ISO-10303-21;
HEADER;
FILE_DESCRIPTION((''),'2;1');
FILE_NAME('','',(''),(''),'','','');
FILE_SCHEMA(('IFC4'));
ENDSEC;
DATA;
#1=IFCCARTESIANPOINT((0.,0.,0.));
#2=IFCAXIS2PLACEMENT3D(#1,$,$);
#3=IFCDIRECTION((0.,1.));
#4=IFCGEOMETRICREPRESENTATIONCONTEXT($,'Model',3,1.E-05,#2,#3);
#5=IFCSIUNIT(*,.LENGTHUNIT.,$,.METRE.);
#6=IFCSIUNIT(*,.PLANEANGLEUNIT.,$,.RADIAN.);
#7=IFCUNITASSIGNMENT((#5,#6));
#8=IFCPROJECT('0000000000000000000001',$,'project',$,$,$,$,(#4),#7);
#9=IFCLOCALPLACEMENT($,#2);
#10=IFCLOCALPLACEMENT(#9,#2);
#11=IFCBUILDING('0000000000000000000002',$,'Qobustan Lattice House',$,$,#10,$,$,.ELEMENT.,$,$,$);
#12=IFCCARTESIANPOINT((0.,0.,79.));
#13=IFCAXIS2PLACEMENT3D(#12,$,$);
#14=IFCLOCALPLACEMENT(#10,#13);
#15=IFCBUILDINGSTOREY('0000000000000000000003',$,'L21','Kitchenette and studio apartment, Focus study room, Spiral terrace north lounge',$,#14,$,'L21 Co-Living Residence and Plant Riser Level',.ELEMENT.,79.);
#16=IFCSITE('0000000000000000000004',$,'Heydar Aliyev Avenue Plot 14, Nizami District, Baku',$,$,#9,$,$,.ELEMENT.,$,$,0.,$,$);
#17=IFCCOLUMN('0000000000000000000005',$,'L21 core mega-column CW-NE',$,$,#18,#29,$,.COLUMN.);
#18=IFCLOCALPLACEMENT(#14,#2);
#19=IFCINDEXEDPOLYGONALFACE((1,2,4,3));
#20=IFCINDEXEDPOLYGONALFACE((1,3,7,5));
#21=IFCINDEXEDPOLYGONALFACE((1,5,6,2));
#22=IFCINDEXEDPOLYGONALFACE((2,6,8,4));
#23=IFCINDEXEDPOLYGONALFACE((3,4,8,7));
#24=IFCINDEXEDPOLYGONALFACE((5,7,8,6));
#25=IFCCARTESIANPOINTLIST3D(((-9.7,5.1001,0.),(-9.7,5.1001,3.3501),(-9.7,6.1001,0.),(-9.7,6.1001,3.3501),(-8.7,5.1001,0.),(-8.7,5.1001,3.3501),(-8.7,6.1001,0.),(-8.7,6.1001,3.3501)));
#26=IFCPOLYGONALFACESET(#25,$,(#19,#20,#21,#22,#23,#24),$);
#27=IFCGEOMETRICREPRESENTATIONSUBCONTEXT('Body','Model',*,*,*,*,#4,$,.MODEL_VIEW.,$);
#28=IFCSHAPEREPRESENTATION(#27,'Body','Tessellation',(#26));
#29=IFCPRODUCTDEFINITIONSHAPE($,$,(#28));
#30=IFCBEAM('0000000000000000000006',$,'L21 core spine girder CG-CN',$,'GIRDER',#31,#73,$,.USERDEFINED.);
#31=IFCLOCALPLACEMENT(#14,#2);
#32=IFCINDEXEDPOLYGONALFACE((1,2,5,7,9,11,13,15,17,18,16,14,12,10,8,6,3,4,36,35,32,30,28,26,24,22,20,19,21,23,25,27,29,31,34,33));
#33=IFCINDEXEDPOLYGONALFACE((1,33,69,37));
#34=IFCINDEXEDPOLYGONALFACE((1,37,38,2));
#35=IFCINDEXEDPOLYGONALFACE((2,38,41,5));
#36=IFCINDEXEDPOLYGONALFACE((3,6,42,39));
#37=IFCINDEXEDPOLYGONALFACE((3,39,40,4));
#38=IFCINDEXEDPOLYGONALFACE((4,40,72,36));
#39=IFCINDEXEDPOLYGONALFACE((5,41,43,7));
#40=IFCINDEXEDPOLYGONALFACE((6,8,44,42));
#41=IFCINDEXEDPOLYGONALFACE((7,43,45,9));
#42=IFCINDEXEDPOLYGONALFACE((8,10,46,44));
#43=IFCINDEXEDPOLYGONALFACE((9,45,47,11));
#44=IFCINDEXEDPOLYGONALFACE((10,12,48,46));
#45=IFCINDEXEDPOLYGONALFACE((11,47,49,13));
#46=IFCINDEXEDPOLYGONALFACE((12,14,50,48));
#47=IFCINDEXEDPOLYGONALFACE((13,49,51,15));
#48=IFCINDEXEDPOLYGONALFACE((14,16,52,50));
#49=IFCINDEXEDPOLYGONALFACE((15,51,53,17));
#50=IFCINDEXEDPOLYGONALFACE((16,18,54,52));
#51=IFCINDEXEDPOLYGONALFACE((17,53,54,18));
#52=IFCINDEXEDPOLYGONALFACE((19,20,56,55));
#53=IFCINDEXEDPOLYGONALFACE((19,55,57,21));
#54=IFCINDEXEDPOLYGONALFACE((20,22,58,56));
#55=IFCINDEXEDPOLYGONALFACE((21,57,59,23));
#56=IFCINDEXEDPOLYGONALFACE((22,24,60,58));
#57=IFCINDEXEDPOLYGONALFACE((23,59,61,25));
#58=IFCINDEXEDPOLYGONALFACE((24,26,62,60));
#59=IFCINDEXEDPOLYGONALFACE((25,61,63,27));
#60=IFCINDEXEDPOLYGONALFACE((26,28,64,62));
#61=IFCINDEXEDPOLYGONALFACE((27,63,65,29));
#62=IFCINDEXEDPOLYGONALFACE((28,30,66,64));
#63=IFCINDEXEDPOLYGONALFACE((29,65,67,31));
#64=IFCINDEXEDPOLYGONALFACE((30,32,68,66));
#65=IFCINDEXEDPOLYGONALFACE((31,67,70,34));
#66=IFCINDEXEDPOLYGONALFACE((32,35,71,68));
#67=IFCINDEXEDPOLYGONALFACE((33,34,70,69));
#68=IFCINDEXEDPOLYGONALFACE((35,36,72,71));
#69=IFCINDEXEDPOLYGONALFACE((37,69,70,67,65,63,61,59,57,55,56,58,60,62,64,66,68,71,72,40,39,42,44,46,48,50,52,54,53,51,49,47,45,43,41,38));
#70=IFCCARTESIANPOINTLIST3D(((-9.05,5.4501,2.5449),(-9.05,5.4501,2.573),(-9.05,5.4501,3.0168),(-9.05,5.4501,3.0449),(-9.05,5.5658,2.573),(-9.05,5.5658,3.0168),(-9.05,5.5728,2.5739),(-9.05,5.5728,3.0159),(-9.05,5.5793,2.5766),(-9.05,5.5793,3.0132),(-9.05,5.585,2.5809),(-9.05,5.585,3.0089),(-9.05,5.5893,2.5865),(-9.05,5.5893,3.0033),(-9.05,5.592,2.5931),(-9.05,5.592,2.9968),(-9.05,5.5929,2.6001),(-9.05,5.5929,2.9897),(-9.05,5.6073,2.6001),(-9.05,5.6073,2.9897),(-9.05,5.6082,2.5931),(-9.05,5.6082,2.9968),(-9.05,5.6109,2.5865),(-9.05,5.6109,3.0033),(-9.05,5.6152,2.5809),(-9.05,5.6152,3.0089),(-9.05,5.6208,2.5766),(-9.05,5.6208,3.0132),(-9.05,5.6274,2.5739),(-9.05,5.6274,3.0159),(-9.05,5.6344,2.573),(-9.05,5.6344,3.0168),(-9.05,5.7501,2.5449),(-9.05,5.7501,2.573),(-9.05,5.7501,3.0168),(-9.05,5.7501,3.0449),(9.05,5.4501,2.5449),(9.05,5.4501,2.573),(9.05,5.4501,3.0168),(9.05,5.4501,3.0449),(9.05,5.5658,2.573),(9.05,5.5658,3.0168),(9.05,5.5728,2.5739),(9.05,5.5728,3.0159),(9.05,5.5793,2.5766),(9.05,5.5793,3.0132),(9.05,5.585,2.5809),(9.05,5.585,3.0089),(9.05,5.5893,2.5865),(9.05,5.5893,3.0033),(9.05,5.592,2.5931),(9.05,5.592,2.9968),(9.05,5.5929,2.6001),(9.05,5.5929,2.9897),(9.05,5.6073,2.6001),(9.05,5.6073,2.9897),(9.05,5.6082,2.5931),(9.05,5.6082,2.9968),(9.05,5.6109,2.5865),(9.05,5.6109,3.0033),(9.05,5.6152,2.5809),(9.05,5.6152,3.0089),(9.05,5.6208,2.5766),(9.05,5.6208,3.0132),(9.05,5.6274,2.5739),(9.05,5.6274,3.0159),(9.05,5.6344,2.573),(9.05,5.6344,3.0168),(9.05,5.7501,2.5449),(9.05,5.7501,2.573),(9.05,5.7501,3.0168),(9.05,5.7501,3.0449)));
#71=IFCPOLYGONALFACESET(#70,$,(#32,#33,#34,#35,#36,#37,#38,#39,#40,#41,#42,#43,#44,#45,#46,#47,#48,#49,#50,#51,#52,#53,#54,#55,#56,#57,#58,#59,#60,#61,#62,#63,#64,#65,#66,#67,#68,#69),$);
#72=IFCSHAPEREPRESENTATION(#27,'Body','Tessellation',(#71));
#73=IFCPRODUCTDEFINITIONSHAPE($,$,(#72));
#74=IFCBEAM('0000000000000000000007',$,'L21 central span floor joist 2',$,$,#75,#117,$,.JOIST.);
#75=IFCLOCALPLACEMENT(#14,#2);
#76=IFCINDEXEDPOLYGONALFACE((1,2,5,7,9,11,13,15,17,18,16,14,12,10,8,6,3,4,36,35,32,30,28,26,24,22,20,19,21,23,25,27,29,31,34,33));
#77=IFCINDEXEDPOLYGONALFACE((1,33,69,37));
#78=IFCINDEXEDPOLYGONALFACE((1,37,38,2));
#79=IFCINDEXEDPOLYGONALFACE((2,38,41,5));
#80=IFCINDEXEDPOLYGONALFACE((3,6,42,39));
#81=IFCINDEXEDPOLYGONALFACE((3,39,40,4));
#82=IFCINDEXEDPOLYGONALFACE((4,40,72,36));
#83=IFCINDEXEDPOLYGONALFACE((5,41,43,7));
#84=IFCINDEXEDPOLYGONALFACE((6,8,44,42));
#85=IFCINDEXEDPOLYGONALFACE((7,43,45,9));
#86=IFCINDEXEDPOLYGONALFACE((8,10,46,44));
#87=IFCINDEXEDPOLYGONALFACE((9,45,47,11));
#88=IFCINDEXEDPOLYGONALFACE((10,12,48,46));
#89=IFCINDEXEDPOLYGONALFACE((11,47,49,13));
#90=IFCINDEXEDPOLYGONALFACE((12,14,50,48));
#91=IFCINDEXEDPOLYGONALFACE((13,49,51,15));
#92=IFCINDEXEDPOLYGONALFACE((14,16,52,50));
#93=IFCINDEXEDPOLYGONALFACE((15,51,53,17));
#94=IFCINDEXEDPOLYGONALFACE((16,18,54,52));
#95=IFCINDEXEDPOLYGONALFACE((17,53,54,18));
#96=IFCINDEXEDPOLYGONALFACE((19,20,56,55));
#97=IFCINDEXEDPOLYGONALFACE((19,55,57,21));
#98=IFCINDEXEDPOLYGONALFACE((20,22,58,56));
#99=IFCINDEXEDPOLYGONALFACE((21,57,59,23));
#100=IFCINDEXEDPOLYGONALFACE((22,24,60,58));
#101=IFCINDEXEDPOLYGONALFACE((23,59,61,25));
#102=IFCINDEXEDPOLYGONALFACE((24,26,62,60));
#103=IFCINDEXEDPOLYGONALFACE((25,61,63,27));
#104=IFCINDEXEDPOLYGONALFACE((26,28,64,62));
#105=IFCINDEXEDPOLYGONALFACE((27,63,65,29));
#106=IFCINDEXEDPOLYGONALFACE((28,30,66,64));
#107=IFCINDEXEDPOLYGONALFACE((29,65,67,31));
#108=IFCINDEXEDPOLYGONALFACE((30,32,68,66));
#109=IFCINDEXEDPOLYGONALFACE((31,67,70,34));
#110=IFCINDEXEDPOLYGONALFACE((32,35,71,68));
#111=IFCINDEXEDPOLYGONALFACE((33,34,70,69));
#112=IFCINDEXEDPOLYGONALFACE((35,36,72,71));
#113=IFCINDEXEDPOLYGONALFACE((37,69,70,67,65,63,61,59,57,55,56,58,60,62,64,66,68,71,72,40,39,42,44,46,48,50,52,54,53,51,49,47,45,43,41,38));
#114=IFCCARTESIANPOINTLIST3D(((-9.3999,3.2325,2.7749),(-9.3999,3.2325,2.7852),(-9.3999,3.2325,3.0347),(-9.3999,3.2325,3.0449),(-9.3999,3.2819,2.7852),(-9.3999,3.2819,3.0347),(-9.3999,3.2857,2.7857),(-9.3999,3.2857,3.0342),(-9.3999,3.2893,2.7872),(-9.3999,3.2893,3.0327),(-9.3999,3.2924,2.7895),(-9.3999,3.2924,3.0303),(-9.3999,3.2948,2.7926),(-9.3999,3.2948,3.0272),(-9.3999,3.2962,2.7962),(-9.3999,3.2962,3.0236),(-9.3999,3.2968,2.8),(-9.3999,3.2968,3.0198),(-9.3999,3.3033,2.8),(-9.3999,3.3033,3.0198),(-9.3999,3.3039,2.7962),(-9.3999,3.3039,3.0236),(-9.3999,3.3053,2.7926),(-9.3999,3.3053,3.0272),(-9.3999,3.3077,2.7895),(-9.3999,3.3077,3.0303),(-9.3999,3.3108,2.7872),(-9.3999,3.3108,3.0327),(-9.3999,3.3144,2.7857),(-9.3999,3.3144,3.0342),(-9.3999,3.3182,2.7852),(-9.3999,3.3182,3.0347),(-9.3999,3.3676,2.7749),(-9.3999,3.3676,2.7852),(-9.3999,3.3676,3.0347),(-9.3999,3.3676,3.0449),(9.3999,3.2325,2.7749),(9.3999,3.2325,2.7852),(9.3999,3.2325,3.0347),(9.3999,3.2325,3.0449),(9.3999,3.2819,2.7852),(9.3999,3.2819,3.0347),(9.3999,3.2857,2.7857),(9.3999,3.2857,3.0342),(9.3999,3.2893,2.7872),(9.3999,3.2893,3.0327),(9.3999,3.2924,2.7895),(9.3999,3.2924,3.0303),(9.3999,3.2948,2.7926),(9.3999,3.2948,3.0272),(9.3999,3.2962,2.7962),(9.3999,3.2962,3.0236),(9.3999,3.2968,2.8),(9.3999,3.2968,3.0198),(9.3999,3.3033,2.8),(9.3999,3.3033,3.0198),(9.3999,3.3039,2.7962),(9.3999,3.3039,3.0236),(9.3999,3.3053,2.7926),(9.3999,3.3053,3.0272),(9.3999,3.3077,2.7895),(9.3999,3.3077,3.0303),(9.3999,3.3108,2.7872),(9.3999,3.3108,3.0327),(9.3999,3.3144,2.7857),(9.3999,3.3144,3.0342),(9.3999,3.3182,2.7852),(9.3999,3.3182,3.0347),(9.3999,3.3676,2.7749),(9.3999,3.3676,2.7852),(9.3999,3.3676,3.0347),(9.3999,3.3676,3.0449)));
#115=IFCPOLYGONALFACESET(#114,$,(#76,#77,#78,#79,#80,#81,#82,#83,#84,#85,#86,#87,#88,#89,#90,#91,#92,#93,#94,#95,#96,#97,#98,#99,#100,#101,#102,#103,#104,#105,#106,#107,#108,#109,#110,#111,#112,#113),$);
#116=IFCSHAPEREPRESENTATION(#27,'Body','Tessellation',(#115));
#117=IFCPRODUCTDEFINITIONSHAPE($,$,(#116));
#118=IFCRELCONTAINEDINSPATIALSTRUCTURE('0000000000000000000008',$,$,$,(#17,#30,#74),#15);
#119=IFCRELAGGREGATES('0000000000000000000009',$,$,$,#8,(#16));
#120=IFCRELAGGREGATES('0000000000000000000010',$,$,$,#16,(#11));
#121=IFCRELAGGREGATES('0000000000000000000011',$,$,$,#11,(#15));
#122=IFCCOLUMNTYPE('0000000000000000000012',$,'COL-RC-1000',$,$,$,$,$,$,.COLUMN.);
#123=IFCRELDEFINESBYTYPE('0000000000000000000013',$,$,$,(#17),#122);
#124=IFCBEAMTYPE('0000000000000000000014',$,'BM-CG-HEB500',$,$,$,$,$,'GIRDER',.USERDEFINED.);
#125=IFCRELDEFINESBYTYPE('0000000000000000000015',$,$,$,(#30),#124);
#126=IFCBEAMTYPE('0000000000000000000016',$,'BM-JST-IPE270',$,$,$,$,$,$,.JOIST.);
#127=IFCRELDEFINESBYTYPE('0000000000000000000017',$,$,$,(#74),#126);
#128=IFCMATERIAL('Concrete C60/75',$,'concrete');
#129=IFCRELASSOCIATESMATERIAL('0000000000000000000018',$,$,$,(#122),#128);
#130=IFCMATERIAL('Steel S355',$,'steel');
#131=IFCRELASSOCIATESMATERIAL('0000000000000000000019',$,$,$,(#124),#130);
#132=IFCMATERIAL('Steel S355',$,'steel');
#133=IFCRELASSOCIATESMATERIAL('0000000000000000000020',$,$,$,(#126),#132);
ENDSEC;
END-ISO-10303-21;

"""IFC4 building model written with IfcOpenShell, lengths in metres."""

from ifc_helpers import new_model, si_unit, direction, frame, origin, origin_2d, place, context, subcontext, project, spatial, rectangle, i_section, extrude, material, material_profile, profile_set, type_object, element, save


model = new_model("IFC4")

# Units and contexts
model_context = context("Model", 3, precision=1e-05, world=origin(), true_north=direction((0.0, 1.0)))
body_context = subcontext(model_context, "Body", "Model", "MODEL_VIEW")
ifc_project = project(units=[si_unit("LENGTHUNIT", "METRE"), si_unit("PLANEANGLEUNIT", "RADIAN")], contexts=[model_context])

# Site, building, storey
site_placement = place(None, origin())
site = spatial("IfcSite", under=ifc_project, at=site_placement, Name="Heydar Aliyev Avenue Plot 14, Nizami District, Baku", CompositionType="ELEMENT", RefElevation=0.0)
building_placement = place(site_placement, origin())
building = spatial("IfcBuilding", under=site, at=building_placement, Name="Qobustan Lattice House", CompositionType="ELEMENT")
storey_placement = place(building_placement, frame((0.0, 0.0, 79.0)))
storey = spatial("IfcBuildingStorey", under=building, at=storey_placement, Name="L21", Description="Kitchenette and studio apartment, Focus study room, Spiral terrace north lounge", LongName="L21 Co-Living Residence and Plant Riser Level", CompositionType="ELEMENT", Elevation=79.0)

# Column
ifc_material_1 = material(Name="Concrete C60/75", Category="concrete")
ifc_material_profile_1 = material_profile(ifc_material_1, rectangle(XDim=1.0, YDim=1.0, at=origin_2d()), Name="RC1000x1000")
ifc_profile_set_1 = profile_set([ifc_material_profile_1], Name="Concrete C60/75")
column_type = type_object("IfcColumnType", Name="COL-RC-1000", PredefinedType="COLUMN", material=ifc_profile_set_1)
column_placement = place(storey_placement, frame((-9.2, 5.6001, 0.0), z_axis=(0.0, 0.0, 1.0), x_axis=(1.0, 0.0, 0.0)))
element("IfcColumn", 1, at=column_placement, inside=storey, type_object=column_type, Name="L21 core mega-column CW-NE", PredefinedType="COLUMN", context=body_context, shape_type="SweptSolid", body=[
    extrude(rectangle(XDim=1.0, YDim=1.0, at=origin_2d()), origin(), (0.0, 0.0, 1.0), 3.3501),
])

# Beams
ifc_material_2 = material(Name="Steel S355", Category="steel")
ifc_material_profile_2 = material_profile(ifc_material_2, i_section(OverallWidth=0.3, OverallDepth=0.5, WebThickness=0.0144, FlangeThickness=0.0281, FilletRadius=0.0271, at=origin_2d()), Name="HEB500")
ifc_profile_set_2 = profile_set([ifc_material_profile_2], Name="Steel S355")
beam_type_1 = type_object("IfcBeamType", Name="BM-CG-HEB500", ElementType="GIRDER", PredefinedType="USERDEFINED", material=ifc_profile_set_2)
beam_1_placement = place(storey_placement, frame((-9.05, 5.6001, 2.7949), z_axis=(1.0, 0.0, 0.0), x_axis=(0.0, 1.0, 0.0)))
element("IfcBeam", 2, at=beam_1_placement, inside=storey, type_object=beam_type_1, Name="L21 core spine girder CG-CN", ObjectType="GIRDER", PredefinedType="USERDEFINED", context=body_context, shape_type="SweptSolid", body=[
    extrude(i_section(OverallWidth=0.3, OverallDepth=0.5, WebThickness=0.0144, FlangeThickness=0.0281, FilletRadius=0.0271, at=origin_2d()), origin(), (0.0, 0.0, 1.0), 18.1001),
])
ifc_material_3 = material(Name="Steel S355", Category="steel")
ifc_material_profile_3 = material_profile(ifc_material_3, i_section(OverallWidth=0.135, OverallDepth=0.27, WebThickness=0.0066, FlangeThickness=0.0103, FilletRadius=0.0149, at=origin_2d()), Name="IPE270")
ifc_profile_set_3 = profile_set([ifc_material_profile_3], Name="Steel S355")
beam_type_2 = type_object("IfcBeamType", Name="BM-JST-IPE270", PredefinedType="JOIST", material=ifc_profile_set_3)
beam_2_placement = place(storey_placement, frame((-9.3999, 3.3, 2.9099), z_axis=(1.0, 0.0, 0.0), x_axis=(0.0, 1.0, 0.0)))
element("IfcBeam", 3, at=beam_2_placement, inside=storey, type_object=beam_type_2, Name="L21 central span floor joist 2", PredefinedType="JOIST", context=body_context, shape_type="SweptSolid", body=[
    extrude(i_section(OverallWidth=0.135, OverallDepth=0.27, WebThickness=0.0066, FlangeThickness=0.0103, FilletRadius=0.0149, at=origin_2d()), origin(), (0.0, 0.0, 1.0), 18.7998),
])

save(model, "model.ifc")
